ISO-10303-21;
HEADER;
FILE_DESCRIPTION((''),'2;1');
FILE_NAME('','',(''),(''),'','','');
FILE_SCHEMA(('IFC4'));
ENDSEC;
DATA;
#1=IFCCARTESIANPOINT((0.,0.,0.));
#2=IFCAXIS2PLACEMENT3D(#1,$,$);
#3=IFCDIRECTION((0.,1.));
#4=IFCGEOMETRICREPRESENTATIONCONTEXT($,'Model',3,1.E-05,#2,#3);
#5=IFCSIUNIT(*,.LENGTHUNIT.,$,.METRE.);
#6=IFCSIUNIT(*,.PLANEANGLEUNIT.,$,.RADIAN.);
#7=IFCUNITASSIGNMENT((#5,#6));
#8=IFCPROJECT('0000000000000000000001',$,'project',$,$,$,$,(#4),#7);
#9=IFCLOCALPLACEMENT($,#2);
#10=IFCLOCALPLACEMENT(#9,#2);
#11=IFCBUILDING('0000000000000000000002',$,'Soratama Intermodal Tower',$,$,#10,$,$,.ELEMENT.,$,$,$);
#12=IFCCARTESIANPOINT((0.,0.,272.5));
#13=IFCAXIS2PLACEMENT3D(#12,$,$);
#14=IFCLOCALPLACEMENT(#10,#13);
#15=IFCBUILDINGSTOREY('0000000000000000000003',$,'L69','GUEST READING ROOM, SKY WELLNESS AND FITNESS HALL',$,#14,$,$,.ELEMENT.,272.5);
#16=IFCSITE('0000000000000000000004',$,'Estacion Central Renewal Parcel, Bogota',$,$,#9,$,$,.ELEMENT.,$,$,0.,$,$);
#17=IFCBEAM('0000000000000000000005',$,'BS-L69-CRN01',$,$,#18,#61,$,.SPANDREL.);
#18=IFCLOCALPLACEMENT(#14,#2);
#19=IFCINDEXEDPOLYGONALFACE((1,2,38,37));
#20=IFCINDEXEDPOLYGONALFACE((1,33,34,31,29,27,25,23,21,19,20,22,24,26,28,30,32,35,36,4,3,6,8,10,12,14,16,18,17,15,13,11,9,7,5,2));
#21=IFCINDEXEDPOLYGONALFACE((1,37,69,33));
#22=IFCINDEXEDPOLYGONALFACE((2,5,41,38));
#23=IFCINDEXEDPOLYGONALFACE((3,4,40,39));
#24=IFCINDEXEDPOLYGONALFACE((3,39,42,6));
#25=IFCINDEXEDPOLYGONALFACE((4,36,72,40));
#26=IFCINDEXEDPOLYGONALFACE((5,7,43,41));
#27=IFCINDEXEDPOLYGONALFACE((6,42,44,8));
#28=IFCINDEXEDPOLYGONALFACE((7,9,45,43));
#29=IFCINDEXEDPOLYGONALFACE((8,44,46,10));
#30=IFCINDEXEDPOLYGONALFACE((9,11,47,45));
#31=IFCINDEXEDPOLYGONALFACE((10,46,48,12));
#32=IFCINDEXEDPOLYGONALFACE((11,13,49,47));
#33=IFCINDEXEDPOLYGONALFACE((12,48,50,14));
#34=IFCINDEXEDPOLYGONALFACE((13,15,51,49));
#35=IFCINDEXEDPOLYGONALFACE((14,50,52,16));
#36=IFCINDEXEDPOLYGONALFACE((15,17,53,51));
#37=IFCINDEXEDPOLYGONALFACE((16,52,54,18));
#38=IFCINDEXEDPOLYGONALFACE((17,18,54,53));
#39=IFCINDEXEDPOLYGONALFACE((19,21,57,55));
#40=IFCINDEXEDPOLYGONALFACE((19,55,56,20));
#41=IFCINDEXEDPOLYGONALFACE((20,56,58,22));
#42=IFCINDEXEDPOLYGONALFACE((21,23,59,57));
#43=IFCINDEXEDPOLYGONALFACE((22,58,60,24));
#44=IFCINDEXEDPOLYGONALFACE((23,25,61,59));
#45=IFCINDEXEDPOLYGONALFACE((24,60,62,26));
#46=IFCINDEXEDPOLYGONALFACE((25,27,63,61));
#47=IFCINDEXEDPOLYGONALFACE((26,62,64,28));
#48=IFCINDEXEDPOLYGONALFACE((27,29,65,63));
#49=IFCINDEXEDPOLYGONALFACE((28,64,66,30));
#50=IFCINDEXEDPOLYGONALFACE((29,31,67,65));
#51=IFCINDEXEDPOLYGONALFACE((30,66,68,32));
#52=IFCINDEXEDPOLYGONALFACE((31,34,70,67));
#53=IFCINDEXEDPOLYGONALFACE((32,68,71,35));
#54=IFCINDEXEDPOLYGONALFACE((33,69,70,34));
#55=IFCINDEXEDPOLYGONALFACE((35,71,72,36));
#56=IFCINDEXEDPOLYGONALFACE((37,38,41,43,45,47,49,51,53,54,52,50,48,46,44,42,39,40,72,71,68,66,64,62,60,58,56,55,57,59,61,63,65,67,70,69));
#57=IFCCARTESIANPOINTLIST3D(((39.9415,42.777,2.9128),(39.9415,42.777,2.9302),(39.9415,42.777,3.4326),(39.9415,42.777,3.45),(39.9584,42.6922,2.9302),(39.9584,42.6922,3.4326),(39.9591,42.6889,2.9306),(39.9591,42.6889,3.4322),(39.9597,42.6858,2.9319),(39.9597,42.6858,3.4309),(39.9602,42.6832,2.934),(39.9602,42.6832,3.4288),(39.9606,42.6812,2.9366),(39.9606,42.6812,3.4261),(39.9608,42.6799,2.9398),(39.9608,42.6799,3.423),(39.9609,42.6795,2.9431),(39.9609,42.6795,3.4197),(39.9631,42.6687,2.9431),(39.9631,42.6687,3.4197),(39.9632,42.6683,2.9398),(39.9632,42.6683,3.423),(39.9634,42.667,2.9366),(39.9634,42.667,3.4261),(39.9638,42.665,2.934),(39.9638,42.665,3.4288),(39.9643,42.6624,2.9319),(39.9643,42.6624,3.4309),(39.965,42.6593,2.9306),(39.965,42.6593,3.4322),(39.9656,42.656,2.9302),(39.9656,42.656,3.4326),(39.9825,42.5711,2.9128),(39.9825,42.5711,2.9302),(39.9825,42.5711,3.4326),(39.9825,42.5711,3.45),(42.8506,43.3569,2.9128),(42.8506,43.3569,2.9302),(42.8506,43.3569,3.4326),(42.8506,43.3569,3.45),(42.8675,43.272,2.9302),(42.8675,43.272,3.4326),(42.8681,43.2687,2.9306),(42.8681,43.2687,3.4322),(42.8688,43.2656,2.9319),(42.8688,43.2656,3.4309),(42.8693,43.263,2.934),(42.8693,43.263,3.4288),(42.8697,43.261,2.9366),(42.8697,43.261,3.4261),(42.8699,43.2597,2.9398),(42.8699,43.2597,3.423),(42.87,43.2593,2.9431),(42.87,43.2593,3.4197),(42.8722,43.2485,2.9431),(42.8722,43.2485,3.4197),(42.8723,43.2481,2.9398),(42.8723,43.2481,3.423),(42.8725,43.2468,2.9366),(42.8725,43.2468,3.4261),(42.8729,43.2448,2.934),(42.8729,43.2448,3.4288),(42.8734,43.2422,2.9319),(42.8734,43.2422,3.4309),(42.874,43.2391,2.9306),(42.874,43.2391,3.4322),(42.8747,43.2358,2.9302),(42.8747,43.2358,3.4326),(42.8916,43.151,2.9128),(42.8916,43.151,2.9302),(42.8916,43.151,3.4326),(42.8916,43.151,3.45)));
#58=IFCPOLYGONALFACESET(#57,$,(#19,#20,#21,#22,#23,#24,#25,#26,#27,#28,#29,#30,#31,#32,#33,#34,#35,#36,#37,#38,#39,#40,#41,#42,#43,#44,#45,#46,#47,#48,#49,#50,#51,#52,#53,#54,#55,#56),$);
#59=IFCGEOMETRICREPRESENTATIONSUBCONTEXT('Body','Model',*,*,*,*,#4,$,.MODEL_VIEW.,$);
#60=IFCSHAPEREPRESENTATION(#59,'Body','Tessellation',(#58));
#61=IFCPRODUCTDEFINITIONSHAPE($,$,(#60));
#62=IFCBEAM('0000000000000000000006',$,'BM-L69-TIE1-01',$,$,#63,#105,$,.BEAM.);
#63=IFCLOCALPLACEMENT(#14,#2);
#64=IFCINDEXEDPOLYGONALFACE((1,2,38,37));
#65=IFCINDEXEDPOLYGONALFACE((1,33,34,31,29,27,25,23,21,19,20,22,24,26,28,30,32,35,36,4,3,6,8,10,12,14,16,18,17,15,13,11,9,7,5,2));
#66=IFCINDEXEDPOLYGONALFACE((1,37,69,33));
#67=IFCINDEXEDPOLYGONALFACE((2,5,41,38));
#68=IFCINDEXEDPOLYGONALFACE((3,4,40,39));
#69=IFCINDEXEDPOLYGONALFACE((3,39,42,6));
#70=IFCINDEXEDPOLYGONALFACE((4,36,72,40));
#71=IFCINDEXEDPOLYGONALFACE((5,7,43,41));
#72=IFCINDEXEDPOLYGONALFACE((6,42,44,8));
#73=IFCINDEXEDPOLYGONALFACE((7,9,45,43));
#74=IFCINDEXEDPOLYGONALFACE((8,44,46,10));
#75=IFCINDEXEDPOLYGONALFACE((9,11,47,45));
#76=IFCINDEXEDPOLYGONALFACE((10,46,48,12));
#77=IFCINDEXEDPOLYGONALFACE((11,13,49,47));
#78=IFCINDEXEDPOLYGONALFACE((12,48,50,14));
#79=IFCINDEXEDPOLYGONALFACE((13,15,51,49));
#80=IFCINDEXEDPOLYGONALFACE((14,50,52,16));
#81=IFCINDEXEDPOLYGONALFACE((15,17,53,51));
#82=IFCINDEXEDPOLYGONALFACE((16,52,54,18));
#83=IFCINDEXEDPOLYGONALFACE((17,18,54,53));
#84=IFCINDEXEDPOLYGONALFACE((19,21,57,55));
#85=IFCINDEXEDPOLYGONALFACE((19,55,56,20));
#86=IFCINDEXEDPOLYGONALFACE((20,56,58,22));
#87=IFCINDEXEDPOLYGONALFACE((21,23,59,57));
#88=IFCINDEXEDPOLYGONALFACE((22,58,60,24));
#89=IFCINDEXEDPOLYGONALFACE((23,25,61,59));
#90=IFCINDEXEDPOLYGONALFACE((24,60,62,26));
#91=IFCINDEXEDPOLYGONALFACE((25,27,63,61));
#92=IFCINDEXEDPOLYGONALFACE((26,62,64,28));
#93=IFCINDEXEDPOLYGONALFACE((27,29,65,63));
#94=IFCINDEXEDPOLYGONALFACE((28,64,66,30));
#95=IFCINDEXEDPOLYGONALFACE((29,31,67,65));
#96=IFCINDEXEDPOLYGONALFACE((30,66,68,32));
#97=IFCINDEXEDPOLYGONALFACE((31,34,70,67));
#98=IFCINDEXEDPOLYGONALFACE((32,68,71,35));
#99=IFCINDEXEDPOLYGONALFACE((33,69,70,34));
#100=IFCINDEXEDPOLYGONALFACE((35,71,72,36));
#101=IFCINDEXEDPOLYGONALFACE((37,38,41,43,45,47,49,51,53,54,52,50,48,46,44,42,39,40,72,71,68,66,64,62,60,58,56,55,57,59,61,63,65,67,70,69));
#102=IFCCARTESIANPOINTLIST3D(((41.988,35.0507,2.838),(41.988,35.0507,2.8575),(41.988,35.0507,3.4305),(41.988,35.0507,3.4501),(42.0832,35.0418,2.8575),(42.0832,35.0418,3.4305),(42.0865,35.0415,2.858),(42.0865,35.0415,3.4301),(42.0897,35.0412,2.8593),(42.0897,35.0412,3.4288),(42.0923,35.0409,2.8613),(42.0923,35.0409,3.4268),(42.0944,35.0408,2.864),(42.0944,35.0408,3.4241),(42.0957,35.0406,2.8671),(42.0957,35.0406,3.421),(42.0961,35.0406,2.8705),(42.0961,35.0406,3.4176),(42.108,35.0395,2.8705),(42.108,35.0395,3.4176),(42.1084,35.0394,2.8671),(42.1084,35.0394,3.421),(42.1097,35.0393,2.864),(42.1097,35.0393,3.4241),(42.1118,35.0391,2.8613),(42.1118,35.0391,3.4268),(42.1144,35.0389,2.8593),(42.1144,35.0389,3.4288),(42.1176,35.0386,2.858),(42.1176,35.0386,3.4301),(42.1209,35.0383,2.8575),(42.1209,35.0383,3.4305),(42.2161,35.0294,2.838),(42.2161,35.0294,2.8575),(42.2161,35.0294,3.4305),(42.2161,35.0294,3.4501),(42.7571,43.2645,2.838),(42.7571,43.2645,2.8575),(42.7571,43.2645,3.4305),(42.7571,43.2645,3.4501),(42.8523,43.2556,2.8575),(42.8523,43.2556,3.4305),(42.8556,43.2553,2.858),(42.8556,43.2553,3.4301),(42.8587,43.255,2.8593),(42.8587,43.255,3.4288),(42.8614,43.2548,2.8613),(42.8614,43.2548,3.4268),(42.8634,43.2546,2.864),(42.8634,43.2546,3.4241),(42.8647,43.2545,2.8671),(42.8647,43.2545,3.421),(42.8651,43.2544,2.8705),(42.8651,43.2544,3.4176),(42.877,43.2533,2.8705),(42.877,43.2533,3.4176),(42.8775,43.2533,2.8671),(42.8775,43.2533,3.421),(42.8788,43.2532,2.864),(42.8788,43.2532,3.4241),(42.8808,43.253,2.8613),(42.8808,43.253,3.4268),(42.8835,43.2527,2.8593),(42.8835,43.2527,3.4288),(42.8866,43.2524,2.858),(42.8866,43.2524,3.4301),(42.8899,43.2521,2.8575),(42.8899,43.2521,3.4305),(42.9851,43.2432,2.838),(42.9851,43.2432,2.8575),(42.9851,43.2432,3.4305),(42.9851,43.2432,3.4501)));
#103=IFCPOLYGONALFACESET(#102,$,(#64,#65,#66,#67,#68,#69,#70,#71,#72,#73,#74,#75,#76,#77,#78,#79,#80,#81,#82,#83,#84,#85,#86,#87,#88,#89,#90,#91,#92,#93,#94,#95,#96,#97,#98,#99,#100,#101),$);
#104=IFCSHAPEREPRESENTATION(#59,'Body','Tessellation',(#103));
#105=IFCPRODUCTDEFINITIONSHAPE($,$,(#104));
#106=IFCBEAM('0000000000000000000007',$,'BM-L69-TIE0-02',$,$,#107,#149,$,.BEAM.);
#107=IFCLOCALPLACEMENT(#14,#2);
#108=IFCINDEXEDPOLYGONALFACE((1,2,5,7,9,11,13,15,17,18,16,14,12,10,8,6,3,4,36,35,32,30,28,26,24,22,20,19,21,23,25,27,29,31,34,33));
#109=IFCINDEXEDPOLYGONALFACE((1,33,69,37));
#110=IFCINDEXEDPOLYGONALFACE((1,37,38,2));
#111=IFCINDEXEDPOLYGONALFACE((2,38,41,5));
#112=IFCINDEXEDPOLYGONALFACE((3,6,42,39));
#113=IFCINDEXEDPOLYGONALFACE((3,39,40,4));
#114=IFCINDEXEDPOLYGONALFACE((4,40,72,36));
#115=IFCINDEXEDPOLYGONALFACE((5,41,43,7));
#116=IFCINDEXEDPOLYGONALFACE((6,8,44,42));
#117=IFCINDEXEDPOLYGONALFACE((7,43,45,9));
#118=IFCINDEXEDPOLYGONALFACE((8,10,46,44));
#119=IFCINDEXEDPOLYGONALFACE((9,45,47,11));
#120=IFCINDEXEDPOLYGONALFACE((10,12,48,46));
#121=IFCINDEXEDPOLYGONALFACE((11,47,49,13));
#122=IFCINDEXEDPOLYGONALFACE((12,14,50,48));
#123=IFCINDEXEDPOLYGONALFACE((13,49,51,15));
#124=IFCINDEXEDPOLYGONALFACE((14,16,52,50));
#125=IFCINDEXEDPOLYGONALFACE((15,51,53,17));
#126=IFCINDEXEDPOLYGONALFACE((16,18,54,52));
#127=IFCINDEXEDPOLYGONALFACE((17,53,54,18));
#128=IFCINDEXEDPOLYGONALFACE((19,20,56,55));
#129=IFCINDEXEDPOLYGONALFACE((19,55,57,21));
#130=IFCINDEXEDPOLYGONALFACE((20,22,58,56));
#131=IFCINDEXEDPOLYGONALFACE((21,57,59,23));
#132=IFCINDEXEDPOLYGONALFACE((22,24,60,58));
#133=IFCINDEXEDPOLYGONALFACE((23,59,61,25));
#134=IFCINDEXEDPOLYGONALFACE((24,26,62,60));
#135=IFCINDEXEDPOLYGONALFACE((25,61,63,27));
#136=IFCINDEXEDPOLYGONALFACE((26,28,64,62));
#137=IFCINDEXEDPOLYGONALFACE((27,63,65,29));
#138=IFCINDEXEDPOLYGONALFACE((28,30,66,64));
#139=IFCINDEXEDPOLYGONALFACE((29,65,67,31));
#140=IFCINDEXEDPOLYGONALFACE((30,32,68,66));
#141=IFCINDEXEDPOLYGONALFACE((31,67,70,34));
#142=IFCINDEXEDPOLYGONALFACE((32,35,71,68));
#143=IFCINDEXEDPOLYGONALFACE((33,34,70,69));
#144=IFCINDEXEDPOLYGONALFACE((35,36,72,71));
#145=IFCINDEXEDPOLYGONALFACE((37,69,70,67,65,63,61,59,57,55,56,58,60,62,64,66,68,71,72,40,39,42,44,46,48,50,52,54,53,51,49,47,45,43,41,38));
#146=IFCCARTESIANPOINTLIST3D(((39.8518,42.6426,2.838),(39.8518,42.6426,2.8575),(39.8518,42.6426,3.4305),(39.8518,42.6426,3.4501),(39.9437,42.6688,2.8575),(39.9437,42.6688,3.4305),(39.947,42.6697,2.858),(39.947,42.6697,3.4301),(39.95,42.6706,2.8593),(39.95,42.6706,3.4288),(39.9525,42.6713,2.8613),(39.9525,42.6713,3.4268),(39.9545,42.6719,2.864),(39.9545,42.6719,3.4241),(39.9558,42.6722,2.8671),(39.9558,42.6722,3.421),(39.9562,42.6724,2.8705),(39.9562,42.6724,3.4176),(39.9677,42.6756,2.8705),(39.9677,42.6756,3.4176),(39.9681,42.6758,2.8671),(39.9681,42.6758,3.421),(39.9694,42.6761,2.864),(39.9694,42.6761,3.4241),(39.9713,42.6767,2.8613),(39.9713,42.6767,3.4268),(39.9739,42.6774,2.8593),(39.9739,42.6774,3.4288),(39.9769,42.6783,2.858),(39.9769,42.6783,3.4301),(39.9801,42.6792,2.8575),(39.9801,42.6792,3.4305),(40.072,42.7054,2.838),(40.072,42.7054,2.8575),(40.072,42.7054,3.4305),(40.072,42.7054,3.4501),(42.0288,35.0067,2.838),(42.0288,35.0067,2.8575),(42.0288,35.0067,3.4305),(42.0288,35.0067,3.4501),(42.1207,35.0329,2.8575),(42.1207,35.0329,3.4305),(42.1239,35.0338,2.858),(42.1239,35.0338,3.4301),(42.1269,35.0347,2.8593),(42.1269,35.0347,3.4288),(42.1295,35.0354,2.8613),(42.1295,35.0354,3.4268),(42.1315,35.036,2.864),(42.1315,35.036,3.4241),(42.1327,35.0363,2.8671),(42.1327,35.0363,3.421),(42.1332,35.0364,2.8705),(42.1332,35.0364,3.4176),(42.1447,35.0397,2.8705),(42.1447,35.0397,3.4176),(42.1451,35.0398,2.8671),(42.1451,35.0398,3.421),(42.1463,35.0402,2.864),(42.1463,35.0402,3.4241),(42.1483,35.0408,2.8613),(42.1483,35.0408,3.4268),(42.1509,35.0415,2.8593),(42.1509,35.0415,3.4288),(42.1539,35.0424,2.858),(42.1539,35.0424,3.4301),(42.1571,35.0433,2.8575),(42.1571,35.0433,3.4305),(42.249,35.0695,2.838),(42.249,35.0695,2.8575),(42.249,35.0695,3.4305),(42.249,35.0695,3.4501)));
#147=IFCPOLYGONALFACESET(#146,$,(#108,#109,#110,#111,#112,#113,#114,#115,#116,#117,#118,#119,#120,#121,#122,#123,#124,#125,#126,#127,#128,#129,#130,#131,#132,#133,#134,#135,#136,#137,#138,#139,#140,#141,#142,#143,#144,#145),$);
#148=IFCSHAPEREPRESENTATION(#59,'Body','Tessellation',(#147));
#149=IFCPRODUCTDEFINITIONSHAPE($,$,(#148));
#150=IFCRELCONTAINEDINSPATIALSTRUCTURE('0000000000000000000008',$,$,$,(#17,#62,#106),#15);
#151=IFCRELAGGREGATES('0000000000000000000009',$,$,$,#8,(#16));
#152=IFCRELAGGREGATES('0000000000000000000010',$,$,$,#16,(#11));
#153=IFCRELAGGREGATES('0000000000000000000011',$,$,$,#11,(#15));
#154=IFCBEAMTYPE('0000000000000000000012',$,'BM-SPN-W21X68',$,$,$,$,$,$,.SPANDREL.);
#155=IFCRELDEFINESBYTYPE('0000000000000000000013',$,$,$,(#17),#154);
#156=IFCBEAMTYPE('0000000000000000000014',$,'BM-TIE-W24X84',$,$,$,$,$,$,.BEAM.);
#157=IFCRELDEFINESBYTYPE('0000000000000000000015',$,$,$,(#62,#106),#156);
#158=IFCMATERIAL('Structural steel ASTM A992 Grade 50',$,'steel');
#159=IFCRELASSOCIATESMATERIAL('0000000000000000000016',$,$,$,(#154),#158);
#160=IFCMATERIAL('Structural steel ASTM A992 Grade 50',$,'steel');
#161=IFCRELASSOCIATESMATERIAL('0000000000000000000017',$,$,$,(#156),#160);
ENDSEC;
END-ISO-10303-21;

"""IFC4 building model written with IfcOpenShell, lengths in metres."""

from ifc_helpers import new_model, si_unit, direction, frame, origin, origin_2d, place, context, subcontext, project, spatial, i_section, extrude, material, material_profile, profile_set, type_object, element, save


model = new_model("IFC4")

# Units and contexts
model_context = context("Model", 3, precision=1e-05, world=origin(), true_north=direction((0.0, 1.0)))
body_context = subcontext(model_context, "Body", "Model", "MODEL_VIEW")
ifc_project = project(units=[si_unit("LENGTHUNIT", "METRE"), si_unit("PLANEANGLEUNIT", "RADIAN")], contexts=[model_context])

# Site, building, storey
site_placement = place(None, origin())
site = spatial("IfcSite", under=ifc_project, at=site_placement, Name="Estacion Central Renewal Parcel, Bogota", CompositionType="ELEMENT", RefElevation=0.0)
building_placement = place(site_placement, origin())
building = spatial("IfcBuilding", under=site, at=building_placement, Name="Soratama Intermodal Tower", CompositionType="ELEMENT")
storey_placement = place(building_placement, frame((0.0, 0.0, 272.5)))
storey = spatial("IfcBuildingStorey", under=building, at=storey_placement, Name="L69", Description="GUEST READING ROOM, SKY WELLNESS AND FITNESS HALL", CompositionType="ELEMENT", Elevation=272.5)

# Beams
ifc_material_1 = material(Name="Structural steel ASTM A992 Grade 50", Category="steel")
ifc_material_profile_1 = material_profile(ifc_material_1, i_section(OverallWidth=0.21, OverallDepth=0.5371, WebThickness=0.011, FlangeThickness=0.0173, FilletRadius=0.0129, at=origin_2d()), Name="W21X68")
ifc_profile_set_1 = profile_set([ifc_material_profile_1], Name="Structural steel ASTM A992 Grade 50")
beam_type_1 = type_object("IfcBeamType", Name="BM-SPN-W21X68", PredefinedType="SPANDREL", material=ifc_profile_set_1)
beam_1_placement = place(storey_placement, frame((42.8711, 43.2539, 3.1814), z_axis=(-0.98071, -0.195467, 0.0), x_axis=(0.195467, -0.98071, 0.0)))
element("IfcBeam", 1, at=beam_1_placement, inside=storey, type_object=beam_type_1, Name="BS-L69-CRN01", PredefinedType="SPANDREL", context=body_context, shape_type="SweptSolid", body=[
    extrude(i_section(OverallWidth=0.21, OverallDepth=0.5371, WebThickness=0.011, FlangeThickness=0.0173, FilletRadius=0.0129, at=origin_2d()), origin(), (0.0, 0.0, 1.0), 2.9663),
])
ifc_material_2 = material(Name="Structural steel ASTM A992 Grade 50", Category="steel")
ifc_material_profile_2 = material_profile(ifc_material_2, i_section(OverallWidth=0.229, OverallDepth=0.6121, WebThickness=0.012, FlangeThickness=0.0195, FilletRadius=0.0129, at=origin_2d()), Name="W24X84")
ifc_profile_set_2 = profile_set([ifc_material_profile_2], Name="Structural steel ASTM A992 Grade 50")
beam_type_2 = type_object("IfcBeamType", Name="BM-TIE-W24X84", PredefinedType="BEAM", material=ifc_profile_set_2)
beam_2_placement = place(storey_placement, frame((42.1021, 35.04, 3.144), z_axis=(0.09322, 0.995646, 0.0), x_axis=(-0.995646, 0.09322, 0.0)))
element("IfcBeam", 2, at=beam_2_placement, inside=storey, type_object=beam_type_2, Name="BM-L69-TIE1-01", PredefinedType="BEAM", context=body_context, shape_type="SweptSolid", body=[
    extrude(i_section(OverallWidth=0.229, OverallDepth=0.6121, WebThickness=0.012, FlangeThickness=0.0195, FilletRadius=0.0129, at=origin_2d()), origin(), (0.0, 0.0, 1.0), 8.2498),
])
beam_3_placement = place(storey_placement, frame((42.1389, 35.0381, 3.144), z_axis=(-0.274173, 0.96168, 0.0), x_axis=(-0.96168, -0.274173, 0.0)))
element("IfcBeam", 3, at=beam_3_placement, inside=storey, type_object=beam_type_2, Name="BM-L69-TIE0-02", PredefinedType="BEAM", context=body_context, shape_type="SweptSolid", body=[
    extrude(i_section(OverallWidth=0.229, OverallDepth=0.6121, WebThickness=0.012, FlangeThickness=0.0195, FilletRadius=0.0129, at=origin_2d()), origin(), (0.0, 0.0, 1.0), 7.9402),
])

save(model, "model.ifc")
